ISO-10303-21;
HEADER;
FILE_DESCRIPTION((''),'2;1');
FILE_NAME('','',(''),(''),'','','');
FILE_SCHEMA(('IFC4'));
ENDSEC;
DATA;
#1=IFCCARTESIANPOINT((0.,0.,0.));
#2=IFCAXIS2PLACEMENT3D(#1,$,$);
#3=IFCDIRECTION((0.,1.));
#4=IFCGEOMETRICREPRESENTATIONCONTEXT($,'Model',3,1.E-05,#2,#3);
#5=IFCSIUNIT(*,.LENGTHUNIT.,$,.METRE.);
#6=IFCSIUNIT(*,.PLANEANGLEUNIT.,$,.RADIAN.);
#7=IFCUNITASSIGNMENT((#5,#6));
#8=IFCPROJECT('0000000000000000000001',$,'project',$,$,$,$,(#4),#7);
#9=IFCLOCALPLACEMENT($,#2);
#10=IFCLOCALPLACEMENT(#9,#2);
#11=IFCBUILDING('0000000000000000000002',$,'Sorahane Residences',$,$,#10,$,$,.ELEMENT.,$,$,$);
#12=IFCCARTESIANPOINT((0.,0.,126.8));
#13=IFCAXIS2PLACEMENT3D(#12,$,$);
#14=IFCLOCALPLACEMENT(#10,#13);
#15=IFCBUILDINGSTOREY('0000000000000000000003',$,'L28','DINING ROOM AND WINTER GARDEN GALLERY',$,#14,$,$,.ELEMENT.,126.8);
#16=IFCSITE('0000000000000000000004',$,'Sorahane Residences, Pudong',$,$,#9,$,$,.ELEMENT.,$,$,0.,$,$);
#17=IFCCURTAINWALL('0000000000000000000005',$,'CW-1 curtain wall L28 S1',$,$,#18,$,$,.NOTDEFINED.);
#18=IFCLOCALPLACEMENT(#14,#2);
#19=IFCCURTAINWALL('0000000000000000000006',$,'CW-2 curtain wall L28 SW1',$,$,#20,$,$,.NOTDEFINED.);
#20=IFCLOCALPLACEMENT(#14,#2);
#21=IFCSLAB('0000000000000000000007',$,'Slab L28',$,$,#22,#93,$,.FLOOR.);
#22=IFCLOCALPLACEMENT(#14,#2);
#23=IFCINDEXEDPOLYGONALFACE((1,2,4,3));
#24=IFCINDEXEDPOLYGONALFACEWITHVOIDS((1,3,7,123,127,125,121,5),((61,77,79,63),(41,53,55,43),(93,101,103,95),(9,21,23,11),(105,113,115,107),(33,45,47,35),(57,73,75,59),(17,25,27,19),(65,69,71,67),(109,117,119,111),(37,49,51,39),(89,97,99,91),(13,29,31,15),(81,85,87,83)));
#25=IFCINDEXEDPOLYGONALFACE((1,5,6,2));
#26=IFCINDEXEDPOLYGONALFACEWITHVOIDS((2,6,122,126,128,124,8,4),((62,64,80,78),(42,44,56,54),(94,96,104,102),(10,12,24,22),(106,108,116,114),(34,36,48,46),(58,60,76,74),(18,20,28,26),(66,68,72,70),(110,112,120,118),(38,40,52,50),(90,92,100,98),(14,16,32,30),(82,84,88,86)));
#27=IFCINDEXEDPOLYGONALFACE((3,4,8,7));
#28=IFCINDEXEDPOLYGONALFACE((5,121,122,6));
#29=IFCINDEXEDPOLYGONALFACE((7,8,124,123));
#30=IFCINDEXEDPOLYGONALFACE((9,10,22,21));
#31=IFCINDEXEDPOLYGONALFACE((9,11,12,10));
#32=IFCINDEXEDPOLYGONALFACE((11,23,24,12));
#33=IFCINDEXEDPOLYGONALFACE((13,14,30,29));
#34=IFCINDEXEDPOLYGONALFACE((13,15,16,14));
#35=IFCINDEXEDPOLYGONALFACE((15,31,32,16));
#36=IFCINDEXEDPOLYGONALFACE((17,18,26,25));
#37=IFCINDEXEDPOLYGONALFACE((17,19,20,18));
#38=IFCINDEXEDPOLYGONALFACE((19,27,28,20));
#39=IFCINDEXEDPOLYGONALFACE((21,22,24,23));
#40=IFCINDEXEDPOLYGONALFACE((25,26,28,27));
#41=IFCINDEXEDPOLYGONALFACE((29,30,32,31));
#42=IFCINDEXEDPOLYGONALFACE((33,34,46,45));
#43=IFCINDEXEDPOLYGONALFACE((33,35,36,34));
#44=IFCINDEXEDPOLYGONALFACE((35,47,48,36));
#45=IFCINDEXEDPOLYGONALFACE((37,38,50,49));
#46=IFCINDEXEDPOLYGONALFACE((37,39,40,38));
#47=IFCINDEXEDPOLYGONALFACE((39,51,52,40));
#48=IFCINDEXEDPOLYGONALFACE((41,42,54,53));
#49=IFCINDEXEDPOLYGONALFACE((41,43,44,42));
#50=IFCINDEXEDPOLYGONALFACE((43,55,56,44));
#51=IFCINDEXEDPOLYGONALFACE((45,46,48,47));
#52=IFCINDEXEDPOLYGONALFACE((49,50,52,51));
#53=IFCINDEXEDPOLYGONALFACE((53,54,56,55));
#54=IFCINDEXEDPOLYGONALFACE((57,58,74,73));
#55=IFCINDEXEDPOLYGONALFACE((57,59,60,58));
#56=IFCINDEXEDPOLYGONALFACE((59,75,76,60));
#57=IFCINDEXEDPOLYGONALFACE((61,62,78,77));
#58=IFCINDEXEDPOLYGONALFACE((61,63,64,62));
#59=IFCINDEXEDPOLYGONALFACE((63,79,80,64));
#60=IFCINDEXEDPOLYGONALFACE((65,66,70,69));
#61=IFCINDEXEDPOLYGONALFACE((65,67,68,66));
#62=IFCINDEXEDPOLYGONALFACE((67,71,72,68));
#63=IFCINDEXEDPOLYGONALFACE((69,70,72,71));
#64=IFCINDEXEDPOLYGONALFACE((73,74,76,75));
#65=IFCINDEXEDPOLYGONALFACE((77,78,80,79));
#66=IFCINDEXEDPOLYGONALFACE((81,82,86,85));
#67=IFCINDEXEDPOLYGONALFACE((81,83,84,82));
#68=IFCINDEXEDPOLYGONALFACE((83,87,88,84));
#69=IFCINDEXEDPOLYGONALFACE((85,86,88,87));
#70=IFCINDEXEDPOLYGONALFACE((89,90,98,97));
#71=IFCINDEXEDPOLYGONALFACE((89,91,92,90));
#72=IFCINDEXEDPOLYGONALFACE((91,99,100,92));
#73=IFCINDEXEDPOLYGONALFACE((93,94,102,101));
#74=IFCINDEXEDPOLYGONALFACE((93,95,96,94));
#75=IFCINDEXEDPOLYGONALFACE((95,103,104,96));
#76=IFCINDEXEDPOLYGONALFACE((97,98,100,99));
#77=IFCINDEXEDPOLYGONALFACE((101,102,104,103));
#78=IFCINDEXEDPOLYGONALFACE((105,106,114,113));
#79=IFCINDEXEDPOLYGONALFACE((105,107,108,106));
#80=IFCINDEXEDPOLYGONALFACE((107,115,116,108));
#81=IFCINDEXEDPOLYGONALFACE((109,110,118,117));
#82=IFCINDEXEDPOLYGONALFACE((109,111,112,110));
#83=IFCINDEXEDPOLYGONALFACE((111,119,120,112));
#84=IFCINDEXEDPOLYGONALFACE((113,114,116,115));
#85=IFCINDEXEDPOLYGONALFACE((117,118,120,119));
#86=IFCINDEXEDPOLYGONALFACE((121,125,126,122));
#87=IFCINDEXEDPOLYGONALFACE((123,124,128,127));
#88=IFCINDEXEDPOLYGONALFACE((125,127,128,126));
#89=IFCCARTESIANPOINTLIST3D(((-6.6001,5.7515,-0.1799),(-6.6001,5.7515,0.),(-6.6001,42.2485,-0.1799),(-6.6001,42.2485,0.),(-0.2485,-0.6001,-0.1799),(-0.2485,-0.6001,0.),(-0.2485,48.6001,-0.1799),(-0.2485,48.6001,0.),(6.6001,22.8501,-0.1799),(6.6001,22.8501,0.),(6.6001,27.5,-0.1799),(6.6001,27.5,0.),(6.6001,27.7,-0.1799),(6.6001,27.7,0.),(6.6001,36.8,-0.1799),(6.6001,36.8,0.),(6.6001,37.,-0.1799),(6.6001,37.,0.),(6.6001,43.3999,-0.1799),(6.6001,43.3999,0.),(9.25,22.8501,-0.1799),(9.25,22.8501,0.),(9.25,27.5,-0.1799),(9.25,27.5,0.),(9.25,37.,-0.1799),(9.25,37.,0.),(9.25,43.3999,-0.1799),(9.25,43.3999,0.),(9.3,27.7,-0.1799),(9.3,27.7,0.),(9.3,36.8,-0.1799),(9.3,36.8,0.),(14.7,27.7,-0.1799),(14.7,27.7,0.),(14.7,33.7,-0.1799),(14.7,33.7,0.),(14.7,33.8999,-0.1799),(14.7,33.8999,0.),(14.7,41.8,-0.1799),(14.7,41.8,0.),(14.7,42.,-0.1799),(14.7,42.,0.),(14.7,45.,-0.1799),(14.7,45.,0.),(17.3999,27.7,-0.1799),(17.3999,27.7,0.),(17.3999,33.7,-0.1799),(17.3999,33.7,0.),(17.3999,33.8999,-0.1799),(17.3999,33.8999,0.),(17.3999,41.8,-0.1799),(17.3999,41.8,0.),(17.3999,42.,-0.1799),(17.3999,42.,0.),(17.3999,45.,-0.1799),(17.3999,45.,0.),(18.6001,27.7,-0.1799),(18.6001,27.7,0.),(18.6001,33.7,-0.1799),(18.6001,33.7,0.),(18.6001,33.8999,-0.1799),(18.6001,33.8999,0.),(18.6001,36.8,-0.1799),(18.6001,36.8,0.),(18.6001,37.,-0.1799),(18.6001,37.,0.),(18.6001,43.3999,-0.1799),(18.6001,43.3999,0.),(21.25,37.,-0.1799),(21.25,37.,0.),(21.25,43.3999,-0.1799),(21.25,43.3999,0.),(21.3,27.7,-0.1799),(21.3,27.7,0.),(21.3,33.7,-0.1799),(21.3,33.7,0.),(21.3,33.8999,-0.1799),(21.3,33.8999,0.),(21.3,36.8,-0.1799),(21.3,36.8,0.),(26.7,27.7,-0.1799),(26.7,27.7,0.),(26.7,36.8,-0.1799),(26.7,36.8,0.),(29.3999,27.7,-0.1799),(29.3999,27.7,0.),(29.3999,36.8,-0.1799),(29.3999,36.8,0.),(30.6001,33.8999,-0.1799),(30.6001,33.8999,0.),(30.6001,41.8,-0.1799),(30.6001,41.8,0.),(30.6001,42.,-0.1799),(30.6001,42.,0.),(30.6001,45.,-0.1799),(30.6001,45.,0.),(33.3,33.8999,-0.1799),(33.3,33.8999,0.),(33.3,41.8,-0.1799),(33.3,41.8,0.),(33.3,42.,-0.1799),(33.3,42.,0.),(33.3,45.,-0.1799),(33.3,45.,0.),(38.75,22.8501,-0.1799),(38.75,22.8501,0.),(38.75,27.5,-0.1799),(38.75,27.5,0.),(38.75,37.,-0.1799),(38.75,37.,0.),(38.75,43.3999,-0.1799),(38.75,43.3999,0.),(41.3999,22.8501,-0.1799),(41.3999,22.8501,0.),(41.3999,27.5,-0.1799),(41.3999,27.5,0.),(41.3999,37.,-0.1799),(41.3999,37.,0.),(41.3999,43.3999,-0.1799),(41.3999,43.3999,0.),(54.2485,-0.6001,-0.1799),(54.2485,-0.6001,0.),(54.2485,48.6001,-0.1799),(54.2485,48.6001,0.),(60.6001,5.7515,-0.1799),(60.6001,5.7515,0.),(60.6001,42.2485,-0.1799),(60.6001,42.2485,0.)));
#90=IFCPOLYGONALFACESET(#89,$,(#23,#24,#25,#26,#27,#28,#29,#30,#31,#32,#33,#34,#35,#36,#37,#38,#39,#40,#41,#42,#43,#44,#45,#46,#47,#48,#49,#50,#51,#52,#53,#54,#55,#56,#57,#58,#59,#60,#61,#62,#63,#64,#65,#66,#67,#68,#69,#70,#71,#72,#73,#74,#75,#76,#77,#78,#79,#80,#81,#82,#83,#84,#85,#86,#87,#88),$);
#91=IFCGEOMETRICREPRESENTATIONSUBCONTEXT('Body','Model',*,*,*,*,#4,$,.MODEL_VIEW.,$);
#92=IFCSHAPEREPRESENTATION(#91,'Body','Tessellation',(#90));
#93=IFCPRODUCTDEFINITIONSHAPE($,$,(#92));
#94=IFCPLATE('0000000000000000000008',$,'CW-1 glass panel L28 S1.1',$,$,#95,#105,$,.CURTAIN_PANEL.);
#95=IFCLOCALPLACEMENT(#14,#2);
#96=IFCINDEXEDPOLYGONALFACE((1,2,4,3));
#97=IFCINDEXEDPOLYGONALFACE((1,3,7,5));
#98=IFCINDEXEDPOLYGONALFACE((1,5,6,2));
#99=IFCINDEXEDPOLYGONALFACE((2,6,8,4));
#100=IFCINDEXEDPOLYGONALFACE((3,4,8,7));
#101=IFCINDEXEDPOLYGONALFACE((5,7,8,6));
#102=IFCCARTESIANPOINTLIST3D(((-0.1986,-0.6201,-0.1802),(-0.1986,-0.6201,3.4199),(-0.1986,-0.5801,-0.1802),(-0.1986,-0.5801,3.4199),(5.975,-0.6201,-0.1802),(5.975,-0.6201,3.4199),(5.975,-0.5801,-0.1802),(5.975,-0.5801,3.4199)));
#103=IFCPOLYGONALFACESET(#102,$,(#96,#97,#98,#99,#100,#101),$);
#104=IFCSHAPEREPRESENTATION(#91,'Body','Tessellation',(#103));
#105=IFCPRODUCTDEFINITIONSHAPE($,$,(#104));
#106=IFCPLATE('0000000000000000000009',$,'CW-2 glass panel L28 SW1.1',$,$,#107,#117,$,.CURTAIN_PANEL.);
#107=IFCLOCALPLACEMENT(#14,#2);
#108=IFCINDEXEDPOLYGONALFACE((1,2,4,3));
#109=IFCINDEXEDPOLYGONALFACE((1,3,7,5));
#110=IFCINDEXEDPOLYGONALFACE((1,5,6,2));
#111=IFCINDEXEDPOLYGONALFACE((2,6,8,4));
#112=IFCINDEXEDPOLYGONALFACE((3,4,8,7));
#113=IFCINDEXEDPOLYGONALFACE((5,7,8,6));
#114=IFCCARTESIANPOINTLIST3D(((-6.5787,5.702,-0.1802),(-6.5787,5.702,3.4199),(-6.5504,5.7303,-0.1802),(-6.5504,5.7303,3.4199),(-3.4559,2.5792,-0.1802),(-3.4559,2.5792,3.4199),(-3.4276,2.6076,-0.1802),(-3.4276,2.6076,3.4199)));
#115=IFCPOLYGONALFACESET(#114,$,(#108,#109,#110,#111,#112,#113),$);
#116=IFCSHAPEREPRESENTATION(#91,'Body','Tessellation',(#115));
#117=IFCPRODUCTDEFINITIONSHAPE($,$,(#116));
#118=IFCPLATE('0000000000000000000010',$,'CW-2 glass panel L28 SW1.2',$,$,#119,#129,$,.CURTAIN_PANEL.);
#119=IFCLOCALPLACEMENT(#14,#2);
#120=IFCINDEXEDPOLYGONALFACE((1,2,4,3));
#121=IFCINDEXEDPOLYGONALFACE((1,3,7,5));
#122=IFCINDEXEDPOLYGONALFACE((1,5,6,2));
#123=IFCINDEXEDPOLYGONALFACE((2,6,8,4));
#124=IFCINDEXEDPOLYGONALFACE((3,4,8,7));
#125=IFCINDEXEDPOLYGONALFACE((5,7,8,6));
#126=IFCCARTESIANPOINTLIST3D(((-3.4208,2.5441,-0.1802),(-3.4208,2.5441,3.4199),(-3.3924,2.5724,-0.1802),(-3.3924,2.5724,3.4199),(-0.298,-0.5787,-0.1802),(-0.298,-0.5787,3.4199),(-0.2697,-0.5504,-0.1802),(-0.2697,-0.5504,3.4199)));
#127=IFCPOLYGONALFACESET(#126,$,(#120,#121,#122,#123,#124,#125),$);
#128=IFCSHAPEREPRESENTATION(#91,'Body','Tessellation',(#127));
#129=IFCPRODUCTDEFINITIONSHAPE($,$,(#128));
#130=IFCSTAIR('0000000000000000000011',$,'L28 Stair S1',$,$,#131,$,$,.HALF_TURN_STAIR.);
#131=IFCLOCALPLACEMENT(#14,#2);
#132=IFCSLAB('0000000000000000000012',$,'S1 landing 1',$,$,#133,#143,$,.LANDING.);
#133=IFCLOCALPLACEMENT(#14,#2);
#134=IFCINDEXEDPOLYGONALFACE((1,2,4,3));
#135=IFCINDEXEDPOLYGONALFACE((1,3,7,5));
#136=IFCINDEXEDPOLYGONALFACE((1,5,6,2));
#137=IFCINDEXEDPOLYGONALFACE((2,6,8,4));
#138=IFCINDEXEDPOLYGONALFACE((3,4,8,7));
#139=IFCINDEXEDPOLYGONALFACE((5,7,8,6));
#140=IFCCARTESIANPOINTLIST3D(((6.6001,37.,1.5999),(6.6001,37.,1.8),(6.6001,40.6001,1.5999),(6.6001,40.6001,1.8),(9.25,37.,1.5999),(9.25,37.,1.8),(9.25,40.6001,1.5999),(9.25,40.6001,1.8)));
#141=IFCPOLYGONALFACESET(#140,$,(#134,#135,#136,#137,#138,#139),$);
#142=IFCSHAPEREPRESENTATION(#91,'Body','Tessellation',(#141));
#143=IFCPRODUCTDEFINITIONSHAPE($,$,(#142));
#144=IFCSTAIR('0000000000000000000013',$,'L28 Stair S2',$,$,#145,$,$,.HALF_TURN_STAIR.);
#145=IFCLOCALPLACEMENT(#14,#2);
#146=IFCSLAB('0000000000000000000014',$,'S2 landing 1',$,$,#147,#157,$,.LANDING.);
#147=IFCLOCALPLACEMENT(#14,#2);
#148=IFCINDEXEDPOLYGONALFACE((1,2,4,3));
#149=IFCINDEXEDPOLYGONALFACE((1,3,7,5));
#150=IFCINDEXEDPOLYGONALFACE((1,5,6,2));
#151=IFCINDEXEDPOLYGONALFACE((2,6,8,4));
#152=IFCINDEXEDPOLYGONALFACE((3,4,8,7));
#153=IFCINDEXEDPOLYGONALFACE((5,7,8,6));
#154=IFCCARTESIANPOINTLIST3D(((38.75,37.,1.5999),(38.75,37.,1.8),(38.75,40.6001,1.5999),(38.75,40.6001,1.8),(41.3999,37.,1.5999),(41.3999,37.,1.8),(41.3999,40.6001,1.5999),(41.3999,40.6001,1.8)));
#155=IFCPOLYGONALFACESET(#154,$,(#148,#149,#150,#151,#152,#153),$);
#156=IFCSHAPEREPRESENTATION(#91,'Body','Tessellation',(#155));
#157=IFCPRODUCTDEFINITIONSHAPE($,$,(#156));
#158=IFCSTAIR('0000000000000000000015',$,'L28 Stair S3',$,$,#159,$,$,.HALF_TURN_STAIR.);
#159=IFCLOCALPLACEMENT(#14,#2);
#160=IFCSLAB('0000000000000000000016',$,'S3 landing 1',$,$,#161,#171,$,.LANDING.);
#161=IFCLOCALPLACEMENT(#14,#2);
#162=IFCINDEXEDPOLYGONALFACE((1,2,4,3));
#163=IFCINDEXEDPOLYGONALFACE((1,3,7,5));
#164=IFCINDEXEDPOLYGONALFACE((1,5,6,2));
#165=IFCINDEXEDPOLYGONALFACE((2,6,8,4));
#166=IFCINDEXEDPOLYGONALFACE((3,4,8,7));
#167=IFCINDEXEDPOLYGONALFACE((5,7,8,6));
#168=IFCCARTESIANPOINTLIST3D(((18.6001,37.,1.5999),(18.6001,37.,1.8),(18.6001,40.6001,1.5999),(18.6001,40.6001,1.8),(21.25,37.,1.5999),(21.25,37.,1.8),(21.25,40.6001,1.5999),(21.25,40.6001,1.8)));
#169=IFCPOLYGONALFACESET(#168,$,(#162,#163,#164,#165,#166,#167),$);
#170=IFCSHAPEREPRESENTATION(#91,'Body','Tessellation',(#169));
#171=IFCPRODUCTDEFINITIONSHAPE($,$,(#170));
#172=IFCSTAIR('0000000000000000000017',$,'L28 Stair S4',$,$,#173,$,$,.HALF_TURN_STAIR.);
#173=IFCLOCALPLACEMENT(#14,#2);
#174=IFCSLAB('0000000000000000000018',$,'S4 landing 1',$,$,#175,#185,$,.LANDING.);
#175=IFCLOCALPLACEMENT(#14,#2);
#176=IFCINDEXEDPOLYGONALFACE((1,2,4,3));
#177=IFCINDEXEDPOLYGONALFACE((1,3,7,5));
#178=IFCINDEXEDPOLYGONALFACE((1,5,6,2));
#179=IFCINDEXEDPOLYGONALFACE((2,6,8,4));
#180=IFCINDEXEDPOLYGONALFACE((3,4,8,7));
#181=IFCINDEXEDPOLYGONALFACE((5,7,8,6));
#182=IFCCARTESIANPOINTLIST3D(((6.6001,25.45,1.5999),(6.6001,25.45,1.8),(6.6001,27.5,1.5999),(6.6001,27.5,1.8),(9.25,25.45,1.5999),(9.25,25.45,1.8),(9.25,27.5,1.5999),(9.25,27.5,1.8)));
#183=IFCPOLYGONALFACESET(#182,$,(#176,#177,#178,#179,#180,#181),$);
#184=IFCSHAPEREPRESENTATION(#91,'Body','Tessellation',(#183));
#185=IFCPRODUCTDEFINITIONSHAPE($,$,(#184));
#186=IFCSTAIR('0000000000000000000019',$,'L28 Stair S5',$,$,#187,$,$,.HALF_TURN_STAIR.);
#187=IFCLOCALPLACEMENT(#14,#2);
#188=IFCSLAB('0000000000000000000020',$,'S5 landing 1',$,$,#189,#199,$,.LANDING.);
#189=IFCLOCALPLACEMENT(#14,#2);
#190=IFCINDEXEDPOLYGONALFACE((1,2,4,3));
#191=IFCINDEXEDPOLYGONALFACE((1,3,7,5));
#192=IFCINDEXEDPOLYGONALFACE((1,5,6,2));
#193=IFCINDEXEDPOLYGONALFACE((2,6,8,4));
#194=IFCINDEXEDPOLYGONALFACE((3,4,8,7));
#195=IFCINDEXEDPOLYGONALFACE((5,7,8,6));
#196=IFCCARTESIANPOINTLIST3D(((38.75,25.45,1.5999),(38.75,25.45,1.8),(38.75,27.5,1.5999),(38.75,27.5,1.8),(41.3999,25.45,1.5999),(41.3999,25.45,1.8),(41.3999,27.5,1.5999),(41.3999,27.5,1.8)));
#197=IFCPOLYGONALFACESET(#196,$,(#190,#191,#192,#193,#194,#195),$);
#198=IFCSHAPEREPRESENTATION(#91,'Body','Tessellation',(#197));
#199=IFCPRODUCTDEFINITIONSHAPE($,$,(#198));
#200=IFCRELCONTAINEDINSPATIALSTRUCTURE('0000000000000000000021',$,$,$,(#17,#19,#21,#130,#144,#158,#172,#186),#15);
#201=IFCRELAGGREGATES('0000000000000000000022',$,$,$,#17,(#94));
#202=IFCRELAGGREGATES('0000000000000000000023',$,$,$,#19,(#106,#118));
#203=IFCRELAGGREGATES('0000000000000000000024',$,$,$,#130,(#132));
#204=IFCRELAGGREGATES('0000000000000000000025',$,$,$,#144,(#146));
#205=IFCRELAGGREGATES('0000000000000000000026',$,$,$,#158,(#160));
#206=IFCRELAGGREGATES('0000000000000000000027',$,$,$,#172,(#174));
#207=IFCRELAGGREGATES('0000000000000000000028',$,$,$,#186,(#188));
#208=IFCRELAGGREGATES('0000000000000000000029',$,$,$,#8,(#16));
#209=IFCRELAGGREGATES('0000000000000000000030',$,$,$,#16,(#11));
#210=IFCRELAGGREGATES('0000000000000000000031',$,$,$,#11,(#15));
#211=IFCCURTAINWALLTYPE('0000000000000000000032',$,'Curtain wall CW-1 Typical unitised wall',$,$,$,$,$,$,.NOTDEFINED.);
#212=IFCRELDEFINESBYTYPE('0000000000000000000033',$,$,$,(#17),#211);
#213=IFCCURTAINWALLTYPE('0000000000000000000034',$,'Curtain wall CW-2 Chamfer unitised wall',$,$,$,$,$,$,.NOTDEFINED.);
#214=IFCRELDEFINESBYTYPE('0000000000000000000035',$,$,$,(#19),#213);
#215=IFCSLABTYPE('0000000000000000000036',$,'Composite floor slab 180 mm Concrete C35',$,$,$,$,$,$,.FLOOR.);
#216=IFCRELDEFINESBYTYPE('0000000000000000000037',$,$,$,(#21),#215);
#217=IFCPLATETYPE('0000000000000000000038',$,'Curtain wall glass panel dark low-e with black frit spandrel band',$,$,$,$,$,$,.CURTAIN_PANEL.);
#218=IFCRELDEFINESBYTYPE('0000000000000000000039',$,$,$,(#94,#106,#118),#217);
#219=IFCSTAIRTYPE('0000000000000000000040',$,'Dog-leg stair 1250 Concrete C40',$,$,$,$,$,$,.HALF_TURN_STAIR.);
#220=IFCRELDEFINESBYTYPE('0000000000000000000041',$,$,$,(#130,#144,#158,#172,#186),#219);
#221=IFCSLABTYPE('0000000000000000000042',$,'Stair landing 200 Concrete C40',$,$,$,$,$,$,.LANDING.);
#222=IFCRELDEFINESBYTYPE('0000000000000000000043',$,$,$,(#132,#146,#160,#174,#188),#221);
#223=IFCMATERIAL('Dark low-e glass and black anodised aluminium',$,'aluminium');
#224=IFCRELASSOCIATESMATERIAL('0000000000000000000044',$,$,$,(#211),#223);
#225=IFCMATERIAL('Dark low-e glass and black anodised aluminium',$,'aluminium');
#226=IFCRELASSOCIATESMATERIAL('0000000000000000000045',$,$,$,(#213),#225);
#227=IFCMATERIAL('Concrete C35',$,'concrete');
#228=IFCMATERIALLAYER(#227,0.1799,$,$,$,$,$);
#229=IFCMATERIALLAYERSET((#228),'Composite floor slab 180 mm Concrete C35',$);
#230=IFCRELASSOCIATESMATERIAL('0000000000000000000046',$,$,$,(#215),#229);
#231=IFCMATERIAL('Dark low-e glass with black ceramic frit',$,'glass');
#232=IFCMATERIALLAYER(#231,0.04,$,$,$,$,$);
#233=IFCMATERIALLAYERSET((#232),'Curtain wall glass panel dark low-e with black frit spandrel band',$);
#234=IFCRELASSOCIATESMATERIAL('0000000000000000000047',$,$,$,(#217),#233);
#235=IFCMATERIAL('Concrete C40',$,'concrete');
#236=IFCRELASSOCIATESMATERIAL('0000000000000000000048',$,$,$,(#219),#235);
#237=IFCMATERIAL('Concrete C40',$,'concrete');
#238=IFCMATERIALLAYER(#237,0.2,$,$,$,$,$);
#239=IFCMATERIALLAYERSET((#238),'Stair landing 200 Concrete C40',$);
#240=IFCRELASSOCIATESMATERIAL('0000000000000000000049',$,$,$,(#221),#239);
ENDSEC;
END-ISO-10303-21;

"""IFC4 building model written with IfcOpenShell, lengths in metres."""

from ifc_helpers import new_model, si_unit, direction, frame, origin, origin_2d, place, context, subcontext, project, spatial, polyline, rectangle, outline, extrude, material, layer, layer_set, type_object, element, aggregate, save


model = new_model("IFC4")

# Units and contexts
model_context = context("Model", 3, precision=1e-05, world=origin(), true_north=direction((0.0, 1.0)))
body_context = subcontext(model_context, "Body", "Model", "MODEL_VIEW")
ifc_project = project(units=[si_unit("LENGTHUNIT", "METRE"), si_unit("PLANEANGLEUNIT", "RADIAN")], contexts=[model_context])

# Site, building, storey
site_placement = place(None, origin())
site = spatial("IfcSite", under=ifc_project, at=site_placement, Name="Sorahane Residences, Pudong", CompositionType="ELEMENT", RefElevation=0.0)
building_placement = place(site_placement, origin())
building = spatial("IfcBuilding", under=site, at=building_placement, Name="Sorahane Residences", CompositionType="ELEMENT")
storey_placement = place(building_placement, frame((0.0, 0.0, 126.8)))
storey = spatial("IfcBuildingStorey", under=building, at=storey_placement, Name="L28", Description="DINING ROOM AND WINTER GARDEN GALLERY", CompositionType="ELEMENT", Elevation=126.8)

# Curtain wall
ifc_material_1 = material(Name="Dark low-e glass and black anodised aluminium", Category="aluminium")
curtain_wall_type_1 = type_object("IfcCurtainWallType", Name="Curtain wall CW-1 Typical unitised wall", PredefinedType="NOTDEFINED", material=ifc_material_1)
curtain_wall_1_placement = place(storey_placement, origin())
curtain_wall_1 = element("IfcCurtainWall", 1, at=curtain_wall_1_placement, inside=storey, type_object=curtain_wall_type_1, Name="CW-1 curtain wall L28 S1", PredefinedType="NOTDEFINED")

# Curtain wall
ifc_material_2 = material(Name="Dark low-e glass and black anodised aluminium", Category="aluminium")
curtain_wall_type_2 = type_object("IfcCurtainWallType", Name="Curtain wall CW-2 Chamfer unitised wall", PredefinedType="NOTDEFINED", material=ifc_material_2)
curtain_wall_2_placement = place(storey_placement, origin())
curtain_wall_2 = element("IfcCurtainWall", 2, at=curtain_wall_2_placement, inside=storey, type_object=curtain_wall_type_2, Name="CW-2 curtain wall L28 SW1", PredefinedType="NOTDEFINED")

# Slab
ifc_material_3 = material(Name="Concrete C35", Category="concrete")
ifc_layer_1 = layer(ifc_material_3, 0.1799)
ifc_layer_set_1 = layer_set([ifc_layer_1], Name="Composite floor slab 180 mm Concrete C35")
slab_type_1 = type_object("IfcSlabType", Name="Composite floor slab 180 mm Concrete C35", PredefinedType="FLOOR", material=ifc_layer_set_1)
slab_1_placement = place(storey_placement, frame((0.0, 0.0, -0.1799)))
element("IfcSlab", 3, at=slab_1_placement, inside=storey, type_object=slab_type_1, Name="Slab L28", PredefinedType="FLOOR", context=body_context, shape_type="SweptSolid", body=[
    extrude(outline(polyline([(-0.2485, -0.6001), (-6.6001, 5.7515), (-6.6001, 42.2485), (-0.2485, 48.6001), (54.2485, 48.6001), (60.6001, 42.2485), (60.6001, 5.7515), (54.2485, -0.6001), (-0.2485, -0.6001)]), holes=[polyline([(18.6001, 27.7), (21.3, 27.7), (21.3, 33.7), (18.6001, 33.7), (18.6001, 27.7)]), polyline([(30.6001, 42.0), (33.3, 42.0), (33.3, 45.0), (30.6001, 45.0), (30.6001, 42.0)]), polyline([(14.7, 27.7), (17.3999, 27.7), (17.3999, 33.7), (14.7, 33.7), (14.7, 27.7)]), polyline([(14.7, 42.0), (17.3999, 42.0), (17.3999, 45.0), (14.7, 45.0), (14.7, 42.0)]), polyline([(6.6001, 27.7), (9.3, 27.7), (9.3, 36.8), (6.6001, 36.8), (6.6001, 27.7)]), polyline([(6.6001, 43.3999), (6.6001, 37.0), (9.25, 37.0), (9.25, 43.3999), (6.6001, 43.3999)]), polyline([(38.75, 43.3999), (38.75, 37.0), (41.3999, 37.0), (41.3999, 43.3999), (38.75, 43.3999)]), polyline([(18.6001, 43.3999), (18.6001, 37.0), (21.25, 37.0), (21.25, 43.3999), (18.6001, 43.3999)]), polyline([(9.25, 22.8501), (9.25, 27.5), (6.6001, 27.5), (6.6001, 22.8501), (9.25, 22.8501)]), polyline([(41.3999, 22.8501), (41.3999, 27.5), (38.75, 27.5), (38.75, 22.8501), (41.3999, 22.8501)]), polyline([(14.7, 33.8999), (17.3999, 33.8999), (17.3999, 41.8), (14.7, 41.8), (14.7, 33.8999)]), polyline([(30.6001, 33.8999), (33.3, 33.8999), (33.3, 41.8), (30.6001, 41.8), (30.6001, 33.8999)]), polyline([(18.6001, 33.8999), (21.3, 33.8999), (21.3, 36.8), (18.6001, 36.8), (18.6001, 33.8999)]), polyline([(26.7, 27.7), (29.3999, 27.7), (29.3999, 36.8), (26.7, 36.8), (26.7, 27.7)])]), origin(), (0.0, 0.0, 1.0), 0.1799),
])

# Plates
ifc_material_4 = material(Name="Dark low-e glass with black ceramic frit", Category="glass")
ifc_layer_2 = layer(ifc_material_4, 0.04)
ifc_layer_set_2 = layer_set([ifc_layer_2], Name="Curtain wall glass panel dark low-e with black frit spandrel band")
plate_type = type_object("IfcPlateType", Name="Curtain wall glass panel dark low-e with black frit spandrel band", PredefinedType="CURTAIN_PANEL", material=ifc_layer_set_2)
plate_1_placement = place(storey_placement, frame((2.8882, -0.6001, -0.1802), z_axis=(0.0, 0.0, 1.0), x_axis=(1.0, 0.0, 0.0)))
plate_1 = element("IfcPlate", 4, at=plate_1_placement, type_object=plate_type, Name="CW-1 glass panel L28 S1.1", PredefinedType="CURTAIN_PANEL", context=body_context, shape_type="SweptSolid", body=[
    extrude(rectangle(XDim=6.1736, YDim=0.04, at=origin_2d()), origin(), (0.0, 0.0, 1.0), 3.6001),
])
aggregate(curtain_wall_1, [plate_1])
plate_2_placement = place(storey_placement, frame((-5.0032, 4.1548, -0.1802), z_axis=(0.0, 0.0, 1.0), x_axis=(0.707107, -0.707107, 0.0)))
plate_2 = element("IfcPlate", 5, at=plate_2_placement, type_object=plate_type, Name="CW-2 glass panel L28 SW1.1", PredefinedType="CURTAIN_PANEL", context=body_context, shape_type="SweptSolid", body=[
    extrude(rectangle(XDim=4.4163, YDim=0.04, at=origin_2d()), origin(), (0.0, 0.0, 1.0), 3.6001),
])
plate_3_placement = place(storey_placement, frame((-1.8452, 0.9968, -0.1802), z_axis=(0.0, 0.0, 1.0), x_axis=(0.707107, -0.707107, 0.0)))
plate_3 = element("IfcPlate", 6, at=plate_3_placement, type_object=plate_type, Name="CW-2 glass panel L28 SW1.2", PredefinedType="CURTAIN_PANEL", context=body_context, shape_type="SweptSolid", body=[
    extrude(rectangle(XDim=4.4163, YDim=0.04, at=origin_2d()), origin(), (0.0, 0.0, 1.0), 3.6001),
])
aggregate(curtain_wall_2, [plate_2, plate_3])

# Stairs, slabs
ifc_material_5 = material(Name="Concrete C40", Category="concrete")
stair_type = type_object("IfcStairType", Name="Dog-leg stair 1250 Concrete C40", PredefinedType="HALF_TURN_STAIR", material=ifc_material_5)
stair_1_placement = place(storey_placement, origin())
stair_1 = element("IfcStair", 7, at=stair_1_placement, inside=storey, type_object=stair_type, Name="L28 Stair S1", PredefinedType="HALF_TURN_STAIR")
ifc_material_6 = material(Name="Concrete C40", Category="concrete")
ifc_layer_3 = layer(ifc_material_6, 0.2)
ifc_layer_set_3 = layer_set([ifc_layer_3], Name="Stair landing 200 Concrete C40")
slab_type_2 = type_object("IfcSlabType", Name="Stair landing 200 Concrete C40", PredefinedType="LANDING", material=ifc_layer_set_3)
slab_2_placement = place(storey_placement, frame((0.0, 0.0, 1.5999)))
slab_2 = element("IfcSlab", 8, at=slab_2_placement, type_object=slab_type_2, Name="S1 landing 1", PredefinedType="LANDING", context=body_context, shape_type="SweptSolid", body=[
    extrude(outline(polyline([(6.6001, 40.6001), (6.6001, 37.0), (9.25, 37.0), (9.25, 40.6001), (6.6001, 40.6001)])), origin(), (0.0, 0.0, 1.0), 0.2002),
])
aggregate(stair_1, [slab_2])
stair_2_placement = place(storey_placement, origin())
stair_2 = element("IfcStair", 9, at=stair_2_placement, inside=storey, type_object=stair_type, Name="L28 Stair S2", PredefinedType="HALF_TURN_STAIR")
slab_3_placement = place(storey_placement, frame((0.0, 0.0, 1.5999)))
slab_3 = element("IfcSlab", 10, at=slab_3_placement, type_object=slab_type_2, Name="S2 landing 1", PredefinedType="LANDING", context=body_context, shape_type="SweptSolid", body=[
    extrude(outline(polyline([(38.75, 40.6001), (38.75, 37.0), (41.3999, 37.0), (41.3999, 40.6001), (38.75, 40.6001)])), origin(), (0.0, 0.0, 1.0), 0.2002),
])
aggregate(stair_2, [slab_3])
stair_3_placement = place(storey_placement, origin())
stair_3 = element("IfcStair", 11, at=stair_3_placement, inside=storey, type_object=stair_type, Name="L28 Stair S3", PredefinedType="HALF_TURN_STAIR")
slab_4_placement = place(storey_placement, frame((0.0, 0.0, 1.5999)))
slab_4 = element("IfcSlab", 12, at=slab_4_placement, type_object=slab_type_2, Name="S3 landing 1", PredefinedType="LANDING", context=body_context, shape_type="SweptSolid", body=[
    extrude(outline(polyline([(18.6001, 40.6001), (18.6001, 37.0), (21.25, 37.0), (21.25, 40.6001), (18.6001, 40.6001)])), origin(), (0.0, 0.0, 1.0), 0.2002),
])
aggregate(stair_3, [slab_4])
stair_4_placement = place(storey_placement, origin())
stair_4 = element("IfcStair", 13, at=stair_4_placement, inside=storey, type_object=stair_type, Name="L28 Stair S4", PredefinedType="HALF_TURN_STAIR")
slab_5_placement = place(storey_placement, frame((0.0, 0.0, 1.5999)))
slab_5 = element("IfcSlab", 14, at=slab_5_placement, type_object=slab_type_2, Name="S4 landing 1", PredefinedType="LANDING", context=body_context, shape_type="SweptSolid", body=[
    extrude(outline(polyline([(9.25, 25.45), (9.25, 27.5), (6.6001, 27.5), (6.6001, 25.45), (9.25, 25.45)])), origin(), (0.0, 0.0, 1.0), 0.2002),
])
aggregate(stair_4, [slab_5])
stair_5_placement = place(storey_placement, origin())
stair_5 = element("IfcStair", 15, at=stair_5_placement, inside=storey, type_object=stair_type, Name="L28 Stair S5", PredefinedType="HALF_TURN_STAIR")
slab_6_placement = place(storey_placement, frame((0.0, 0.0, 1.5999)))
slab_6 = element("IfcSlab", 16, at=slab_6_placement, type_object=slab_type_2, Name="S5 landing 1", PredefinedType="LANDING", context=body_context, shape_type="SweptSolid", body=[
    extrude(outline(polyline([(41.3999, 25.45), (41.3999, 27.5), (38.75, 27.5), (38.75, 25.45), (41.3999, 25.45)])), origin(), (0.0, 0.0, 1.0), 0.2002),
])
aggregate(stair_5, [slab_6])

save(model, "model.ifc")
